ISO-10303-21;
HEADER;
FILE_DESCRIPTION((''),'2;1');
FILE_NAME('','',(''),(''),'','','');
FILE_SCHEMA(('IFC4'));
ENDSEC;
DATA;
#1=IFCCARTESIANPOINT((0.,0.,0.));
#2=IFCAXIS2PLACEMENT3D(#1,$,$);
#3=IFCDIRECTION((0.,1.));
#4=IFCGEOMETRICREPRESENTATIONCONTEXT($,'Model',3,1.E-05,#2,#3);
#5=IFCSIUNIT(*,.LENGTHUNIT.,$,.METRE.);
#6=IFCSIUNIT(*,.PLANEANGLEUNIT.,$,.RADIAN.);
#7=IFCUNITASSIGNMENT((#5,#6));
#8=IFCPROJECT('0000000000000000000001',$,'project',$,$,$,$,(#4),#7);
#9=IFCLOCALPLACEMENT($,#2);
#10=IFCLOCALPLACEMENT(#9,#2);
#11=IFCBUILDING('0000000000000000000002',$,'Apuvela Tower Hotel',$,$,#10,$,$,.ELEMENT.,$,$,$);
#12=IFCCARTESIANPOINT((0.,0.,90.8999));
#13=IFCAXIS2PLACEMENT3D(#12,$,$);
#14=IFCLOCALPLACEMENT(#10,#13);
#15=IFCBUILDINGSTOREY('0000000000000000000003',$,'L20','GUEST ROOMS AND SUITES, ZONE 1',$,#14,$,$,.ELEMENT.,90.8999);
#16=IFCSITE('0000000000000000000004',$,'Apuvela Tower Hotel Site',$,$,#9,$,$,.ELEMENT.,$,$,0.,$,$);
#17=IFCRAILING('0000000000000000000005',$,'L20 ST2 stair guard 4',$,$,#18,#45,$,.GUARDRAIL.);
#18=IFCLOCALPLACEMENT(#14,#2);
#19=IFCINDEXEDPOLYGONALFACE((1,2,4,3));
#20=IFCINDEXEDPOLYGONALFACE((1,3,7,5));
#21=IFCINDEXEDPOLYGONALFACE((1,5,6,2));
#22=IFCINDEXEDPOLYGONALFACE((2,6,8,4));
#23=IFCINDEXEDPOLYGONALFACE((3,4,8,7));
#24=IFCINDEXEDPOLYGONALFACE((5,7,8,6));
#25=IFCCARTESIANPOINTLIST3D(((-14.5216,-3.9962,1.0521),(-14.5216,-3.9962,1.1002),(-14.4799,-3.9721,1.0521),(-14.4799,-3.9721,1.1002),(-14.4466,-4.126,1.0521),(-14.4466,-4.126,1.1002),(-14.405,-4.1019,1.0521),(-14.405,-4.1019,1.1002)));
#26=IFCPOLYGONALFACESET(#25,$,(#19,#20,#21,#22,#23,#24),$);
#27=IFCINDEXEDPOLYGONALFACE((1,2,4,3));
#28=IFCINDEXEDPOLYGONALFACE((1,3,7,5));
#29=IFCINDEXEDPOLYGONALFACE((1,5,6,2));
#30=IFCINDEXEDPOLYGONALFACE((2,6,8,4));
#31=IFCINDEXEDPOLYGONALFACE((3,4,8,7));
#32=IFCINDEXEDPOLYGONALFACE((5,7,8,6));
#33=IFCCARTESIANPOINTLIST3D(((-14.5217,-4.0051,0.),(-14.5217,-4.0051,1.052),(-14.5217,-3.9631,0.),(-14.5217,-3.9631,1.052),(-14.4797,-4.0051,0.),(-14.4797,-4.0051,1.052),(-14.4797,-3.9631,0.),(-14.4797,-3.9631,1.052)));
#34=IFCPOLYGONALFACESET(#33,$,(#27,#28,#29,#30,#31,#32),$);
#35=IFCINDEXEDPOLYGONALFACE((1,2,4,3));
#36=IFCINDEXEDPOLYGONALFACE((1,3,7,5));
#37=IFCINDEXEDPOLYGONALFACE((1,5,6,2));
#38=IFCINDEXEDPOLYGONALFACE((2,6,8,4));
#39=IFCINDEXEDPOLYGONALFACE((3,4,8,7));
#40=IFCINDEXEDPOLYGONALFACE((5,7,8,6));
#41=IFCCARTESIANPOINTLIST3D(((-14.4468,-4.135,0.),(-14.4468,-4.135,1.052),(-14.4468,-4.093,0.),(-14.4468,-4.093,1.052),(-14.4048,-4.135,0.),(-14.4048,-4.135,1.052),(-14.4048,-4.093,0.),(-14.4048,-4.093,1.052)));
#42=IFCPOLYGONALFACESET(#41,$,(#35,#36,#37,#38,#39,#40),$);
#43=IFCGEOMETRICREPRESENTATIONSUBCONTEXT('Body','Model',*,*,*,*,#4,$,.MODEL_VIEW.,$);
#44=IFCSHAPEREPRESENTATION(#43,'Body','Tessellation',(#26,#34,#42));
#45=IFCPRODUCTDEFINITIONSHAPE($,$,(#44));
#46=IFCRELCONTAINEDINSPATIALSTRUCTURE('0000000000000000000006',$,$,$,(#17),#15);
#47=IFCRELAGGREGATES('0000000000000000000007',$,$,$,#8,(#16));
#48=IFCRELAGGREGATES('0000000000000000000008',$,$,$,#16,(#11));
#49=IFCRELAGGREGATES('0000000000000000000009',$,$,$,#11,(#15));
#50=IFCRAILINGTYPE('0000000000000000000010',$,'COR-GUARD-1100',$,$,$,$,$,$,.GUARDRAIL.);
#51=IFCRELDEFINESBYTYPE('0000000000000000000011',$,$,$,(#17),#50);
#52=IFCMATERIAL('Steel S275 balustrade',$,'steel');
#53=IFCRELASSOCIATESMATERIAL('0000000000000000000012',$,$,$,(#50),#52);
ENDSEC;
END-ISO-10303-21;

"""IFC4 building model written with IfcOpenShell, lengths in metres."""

from ifc_helpers import new_model, si_unit, direction, frame, origin, origin_2d, place, context, subcontext, project, spatial, rectangle, extrude, material, type_object, element, save


model = new_model("IFC4")

# Units and contexts
model_context = context("Model", 3, precision=1e-05, world=origin(), true_north=direction((0.0, 1.0)))
body_context = subcontext(model_context, "Body", "Model", "MODEL_VIEW")
ifc_project = project(units=[si_unit("LENGTHUNIT", "METRE"), si_unit("PLANEANGLEUNIT", "RADIAN")], contexts=[model_context])

# Site, building, storey
site_placement = place(None, origin())
site = spatial("IfcSite", under=ifc_project, at=site_placement, Name="Apuvela Tower Hotel Site", CompositionType="ELEMENT", RefElevation=0.0)
building_placement = place(site_placement, origin())
building = spatial("IfcBuilding", under=site, at=building_placement, Name="Apuvela Tower Hotel", CompositionType="ELEMENT")
storey_placement = place(building_placement, frame((0.0, 0.0, 90.8999)))
storey = spatial("IfcBuildingStorey", under=building, at=storey_placement, Name="L20", Description="GUEST ROOMS AND SUITES, ZONE 1", CompositionType="ELEMENT", Elevation=90.8999)

# Railing
ifc_material_1 = material(Name="Steel S275 balustrade", Category="steel")
railing_type = type_object("IfcRailingType", Name="COR-GUARD-1100", PredefinedType="GUARDRAIL", material=ifc_material_1)
railing_1_placement = place(storey_placement, frame((-14.5007, -3.9841, 0.0)))
element("IfcRailing", 1, at=railing_1_placement, inside=storey, type_object=railing_type, Name="L20 ST2 stair guard 4", PredefinedType="GUARDRAIL", context=body_context, shape_type="SweptSolid", body=[
    extrude(rectangle(XDim=0.0481, YDim=0.0481, at=origin_2d()), frame((0.0, 0.0, 1.0762), z_axis=(0.499816, -0.866131, 0.0), x_axis=(0.866131, 0.499816, 0.0)), (0.0, 0.0, 1.0), 0.1499),
    extrude(rectangle(XDim=0.042, YDim=0.042, at=origin_2d()), origin(), (0.0, 0.0, 1.0), 1.052),
    extrude(rectangle(XDim=0.042, YDim=0.042, at=origin_2d()), frame((0.075, -0.1299, 0.0)), (0.0, 0.0, 1.0), 1.052),
])

save(model, "model.ifc")
